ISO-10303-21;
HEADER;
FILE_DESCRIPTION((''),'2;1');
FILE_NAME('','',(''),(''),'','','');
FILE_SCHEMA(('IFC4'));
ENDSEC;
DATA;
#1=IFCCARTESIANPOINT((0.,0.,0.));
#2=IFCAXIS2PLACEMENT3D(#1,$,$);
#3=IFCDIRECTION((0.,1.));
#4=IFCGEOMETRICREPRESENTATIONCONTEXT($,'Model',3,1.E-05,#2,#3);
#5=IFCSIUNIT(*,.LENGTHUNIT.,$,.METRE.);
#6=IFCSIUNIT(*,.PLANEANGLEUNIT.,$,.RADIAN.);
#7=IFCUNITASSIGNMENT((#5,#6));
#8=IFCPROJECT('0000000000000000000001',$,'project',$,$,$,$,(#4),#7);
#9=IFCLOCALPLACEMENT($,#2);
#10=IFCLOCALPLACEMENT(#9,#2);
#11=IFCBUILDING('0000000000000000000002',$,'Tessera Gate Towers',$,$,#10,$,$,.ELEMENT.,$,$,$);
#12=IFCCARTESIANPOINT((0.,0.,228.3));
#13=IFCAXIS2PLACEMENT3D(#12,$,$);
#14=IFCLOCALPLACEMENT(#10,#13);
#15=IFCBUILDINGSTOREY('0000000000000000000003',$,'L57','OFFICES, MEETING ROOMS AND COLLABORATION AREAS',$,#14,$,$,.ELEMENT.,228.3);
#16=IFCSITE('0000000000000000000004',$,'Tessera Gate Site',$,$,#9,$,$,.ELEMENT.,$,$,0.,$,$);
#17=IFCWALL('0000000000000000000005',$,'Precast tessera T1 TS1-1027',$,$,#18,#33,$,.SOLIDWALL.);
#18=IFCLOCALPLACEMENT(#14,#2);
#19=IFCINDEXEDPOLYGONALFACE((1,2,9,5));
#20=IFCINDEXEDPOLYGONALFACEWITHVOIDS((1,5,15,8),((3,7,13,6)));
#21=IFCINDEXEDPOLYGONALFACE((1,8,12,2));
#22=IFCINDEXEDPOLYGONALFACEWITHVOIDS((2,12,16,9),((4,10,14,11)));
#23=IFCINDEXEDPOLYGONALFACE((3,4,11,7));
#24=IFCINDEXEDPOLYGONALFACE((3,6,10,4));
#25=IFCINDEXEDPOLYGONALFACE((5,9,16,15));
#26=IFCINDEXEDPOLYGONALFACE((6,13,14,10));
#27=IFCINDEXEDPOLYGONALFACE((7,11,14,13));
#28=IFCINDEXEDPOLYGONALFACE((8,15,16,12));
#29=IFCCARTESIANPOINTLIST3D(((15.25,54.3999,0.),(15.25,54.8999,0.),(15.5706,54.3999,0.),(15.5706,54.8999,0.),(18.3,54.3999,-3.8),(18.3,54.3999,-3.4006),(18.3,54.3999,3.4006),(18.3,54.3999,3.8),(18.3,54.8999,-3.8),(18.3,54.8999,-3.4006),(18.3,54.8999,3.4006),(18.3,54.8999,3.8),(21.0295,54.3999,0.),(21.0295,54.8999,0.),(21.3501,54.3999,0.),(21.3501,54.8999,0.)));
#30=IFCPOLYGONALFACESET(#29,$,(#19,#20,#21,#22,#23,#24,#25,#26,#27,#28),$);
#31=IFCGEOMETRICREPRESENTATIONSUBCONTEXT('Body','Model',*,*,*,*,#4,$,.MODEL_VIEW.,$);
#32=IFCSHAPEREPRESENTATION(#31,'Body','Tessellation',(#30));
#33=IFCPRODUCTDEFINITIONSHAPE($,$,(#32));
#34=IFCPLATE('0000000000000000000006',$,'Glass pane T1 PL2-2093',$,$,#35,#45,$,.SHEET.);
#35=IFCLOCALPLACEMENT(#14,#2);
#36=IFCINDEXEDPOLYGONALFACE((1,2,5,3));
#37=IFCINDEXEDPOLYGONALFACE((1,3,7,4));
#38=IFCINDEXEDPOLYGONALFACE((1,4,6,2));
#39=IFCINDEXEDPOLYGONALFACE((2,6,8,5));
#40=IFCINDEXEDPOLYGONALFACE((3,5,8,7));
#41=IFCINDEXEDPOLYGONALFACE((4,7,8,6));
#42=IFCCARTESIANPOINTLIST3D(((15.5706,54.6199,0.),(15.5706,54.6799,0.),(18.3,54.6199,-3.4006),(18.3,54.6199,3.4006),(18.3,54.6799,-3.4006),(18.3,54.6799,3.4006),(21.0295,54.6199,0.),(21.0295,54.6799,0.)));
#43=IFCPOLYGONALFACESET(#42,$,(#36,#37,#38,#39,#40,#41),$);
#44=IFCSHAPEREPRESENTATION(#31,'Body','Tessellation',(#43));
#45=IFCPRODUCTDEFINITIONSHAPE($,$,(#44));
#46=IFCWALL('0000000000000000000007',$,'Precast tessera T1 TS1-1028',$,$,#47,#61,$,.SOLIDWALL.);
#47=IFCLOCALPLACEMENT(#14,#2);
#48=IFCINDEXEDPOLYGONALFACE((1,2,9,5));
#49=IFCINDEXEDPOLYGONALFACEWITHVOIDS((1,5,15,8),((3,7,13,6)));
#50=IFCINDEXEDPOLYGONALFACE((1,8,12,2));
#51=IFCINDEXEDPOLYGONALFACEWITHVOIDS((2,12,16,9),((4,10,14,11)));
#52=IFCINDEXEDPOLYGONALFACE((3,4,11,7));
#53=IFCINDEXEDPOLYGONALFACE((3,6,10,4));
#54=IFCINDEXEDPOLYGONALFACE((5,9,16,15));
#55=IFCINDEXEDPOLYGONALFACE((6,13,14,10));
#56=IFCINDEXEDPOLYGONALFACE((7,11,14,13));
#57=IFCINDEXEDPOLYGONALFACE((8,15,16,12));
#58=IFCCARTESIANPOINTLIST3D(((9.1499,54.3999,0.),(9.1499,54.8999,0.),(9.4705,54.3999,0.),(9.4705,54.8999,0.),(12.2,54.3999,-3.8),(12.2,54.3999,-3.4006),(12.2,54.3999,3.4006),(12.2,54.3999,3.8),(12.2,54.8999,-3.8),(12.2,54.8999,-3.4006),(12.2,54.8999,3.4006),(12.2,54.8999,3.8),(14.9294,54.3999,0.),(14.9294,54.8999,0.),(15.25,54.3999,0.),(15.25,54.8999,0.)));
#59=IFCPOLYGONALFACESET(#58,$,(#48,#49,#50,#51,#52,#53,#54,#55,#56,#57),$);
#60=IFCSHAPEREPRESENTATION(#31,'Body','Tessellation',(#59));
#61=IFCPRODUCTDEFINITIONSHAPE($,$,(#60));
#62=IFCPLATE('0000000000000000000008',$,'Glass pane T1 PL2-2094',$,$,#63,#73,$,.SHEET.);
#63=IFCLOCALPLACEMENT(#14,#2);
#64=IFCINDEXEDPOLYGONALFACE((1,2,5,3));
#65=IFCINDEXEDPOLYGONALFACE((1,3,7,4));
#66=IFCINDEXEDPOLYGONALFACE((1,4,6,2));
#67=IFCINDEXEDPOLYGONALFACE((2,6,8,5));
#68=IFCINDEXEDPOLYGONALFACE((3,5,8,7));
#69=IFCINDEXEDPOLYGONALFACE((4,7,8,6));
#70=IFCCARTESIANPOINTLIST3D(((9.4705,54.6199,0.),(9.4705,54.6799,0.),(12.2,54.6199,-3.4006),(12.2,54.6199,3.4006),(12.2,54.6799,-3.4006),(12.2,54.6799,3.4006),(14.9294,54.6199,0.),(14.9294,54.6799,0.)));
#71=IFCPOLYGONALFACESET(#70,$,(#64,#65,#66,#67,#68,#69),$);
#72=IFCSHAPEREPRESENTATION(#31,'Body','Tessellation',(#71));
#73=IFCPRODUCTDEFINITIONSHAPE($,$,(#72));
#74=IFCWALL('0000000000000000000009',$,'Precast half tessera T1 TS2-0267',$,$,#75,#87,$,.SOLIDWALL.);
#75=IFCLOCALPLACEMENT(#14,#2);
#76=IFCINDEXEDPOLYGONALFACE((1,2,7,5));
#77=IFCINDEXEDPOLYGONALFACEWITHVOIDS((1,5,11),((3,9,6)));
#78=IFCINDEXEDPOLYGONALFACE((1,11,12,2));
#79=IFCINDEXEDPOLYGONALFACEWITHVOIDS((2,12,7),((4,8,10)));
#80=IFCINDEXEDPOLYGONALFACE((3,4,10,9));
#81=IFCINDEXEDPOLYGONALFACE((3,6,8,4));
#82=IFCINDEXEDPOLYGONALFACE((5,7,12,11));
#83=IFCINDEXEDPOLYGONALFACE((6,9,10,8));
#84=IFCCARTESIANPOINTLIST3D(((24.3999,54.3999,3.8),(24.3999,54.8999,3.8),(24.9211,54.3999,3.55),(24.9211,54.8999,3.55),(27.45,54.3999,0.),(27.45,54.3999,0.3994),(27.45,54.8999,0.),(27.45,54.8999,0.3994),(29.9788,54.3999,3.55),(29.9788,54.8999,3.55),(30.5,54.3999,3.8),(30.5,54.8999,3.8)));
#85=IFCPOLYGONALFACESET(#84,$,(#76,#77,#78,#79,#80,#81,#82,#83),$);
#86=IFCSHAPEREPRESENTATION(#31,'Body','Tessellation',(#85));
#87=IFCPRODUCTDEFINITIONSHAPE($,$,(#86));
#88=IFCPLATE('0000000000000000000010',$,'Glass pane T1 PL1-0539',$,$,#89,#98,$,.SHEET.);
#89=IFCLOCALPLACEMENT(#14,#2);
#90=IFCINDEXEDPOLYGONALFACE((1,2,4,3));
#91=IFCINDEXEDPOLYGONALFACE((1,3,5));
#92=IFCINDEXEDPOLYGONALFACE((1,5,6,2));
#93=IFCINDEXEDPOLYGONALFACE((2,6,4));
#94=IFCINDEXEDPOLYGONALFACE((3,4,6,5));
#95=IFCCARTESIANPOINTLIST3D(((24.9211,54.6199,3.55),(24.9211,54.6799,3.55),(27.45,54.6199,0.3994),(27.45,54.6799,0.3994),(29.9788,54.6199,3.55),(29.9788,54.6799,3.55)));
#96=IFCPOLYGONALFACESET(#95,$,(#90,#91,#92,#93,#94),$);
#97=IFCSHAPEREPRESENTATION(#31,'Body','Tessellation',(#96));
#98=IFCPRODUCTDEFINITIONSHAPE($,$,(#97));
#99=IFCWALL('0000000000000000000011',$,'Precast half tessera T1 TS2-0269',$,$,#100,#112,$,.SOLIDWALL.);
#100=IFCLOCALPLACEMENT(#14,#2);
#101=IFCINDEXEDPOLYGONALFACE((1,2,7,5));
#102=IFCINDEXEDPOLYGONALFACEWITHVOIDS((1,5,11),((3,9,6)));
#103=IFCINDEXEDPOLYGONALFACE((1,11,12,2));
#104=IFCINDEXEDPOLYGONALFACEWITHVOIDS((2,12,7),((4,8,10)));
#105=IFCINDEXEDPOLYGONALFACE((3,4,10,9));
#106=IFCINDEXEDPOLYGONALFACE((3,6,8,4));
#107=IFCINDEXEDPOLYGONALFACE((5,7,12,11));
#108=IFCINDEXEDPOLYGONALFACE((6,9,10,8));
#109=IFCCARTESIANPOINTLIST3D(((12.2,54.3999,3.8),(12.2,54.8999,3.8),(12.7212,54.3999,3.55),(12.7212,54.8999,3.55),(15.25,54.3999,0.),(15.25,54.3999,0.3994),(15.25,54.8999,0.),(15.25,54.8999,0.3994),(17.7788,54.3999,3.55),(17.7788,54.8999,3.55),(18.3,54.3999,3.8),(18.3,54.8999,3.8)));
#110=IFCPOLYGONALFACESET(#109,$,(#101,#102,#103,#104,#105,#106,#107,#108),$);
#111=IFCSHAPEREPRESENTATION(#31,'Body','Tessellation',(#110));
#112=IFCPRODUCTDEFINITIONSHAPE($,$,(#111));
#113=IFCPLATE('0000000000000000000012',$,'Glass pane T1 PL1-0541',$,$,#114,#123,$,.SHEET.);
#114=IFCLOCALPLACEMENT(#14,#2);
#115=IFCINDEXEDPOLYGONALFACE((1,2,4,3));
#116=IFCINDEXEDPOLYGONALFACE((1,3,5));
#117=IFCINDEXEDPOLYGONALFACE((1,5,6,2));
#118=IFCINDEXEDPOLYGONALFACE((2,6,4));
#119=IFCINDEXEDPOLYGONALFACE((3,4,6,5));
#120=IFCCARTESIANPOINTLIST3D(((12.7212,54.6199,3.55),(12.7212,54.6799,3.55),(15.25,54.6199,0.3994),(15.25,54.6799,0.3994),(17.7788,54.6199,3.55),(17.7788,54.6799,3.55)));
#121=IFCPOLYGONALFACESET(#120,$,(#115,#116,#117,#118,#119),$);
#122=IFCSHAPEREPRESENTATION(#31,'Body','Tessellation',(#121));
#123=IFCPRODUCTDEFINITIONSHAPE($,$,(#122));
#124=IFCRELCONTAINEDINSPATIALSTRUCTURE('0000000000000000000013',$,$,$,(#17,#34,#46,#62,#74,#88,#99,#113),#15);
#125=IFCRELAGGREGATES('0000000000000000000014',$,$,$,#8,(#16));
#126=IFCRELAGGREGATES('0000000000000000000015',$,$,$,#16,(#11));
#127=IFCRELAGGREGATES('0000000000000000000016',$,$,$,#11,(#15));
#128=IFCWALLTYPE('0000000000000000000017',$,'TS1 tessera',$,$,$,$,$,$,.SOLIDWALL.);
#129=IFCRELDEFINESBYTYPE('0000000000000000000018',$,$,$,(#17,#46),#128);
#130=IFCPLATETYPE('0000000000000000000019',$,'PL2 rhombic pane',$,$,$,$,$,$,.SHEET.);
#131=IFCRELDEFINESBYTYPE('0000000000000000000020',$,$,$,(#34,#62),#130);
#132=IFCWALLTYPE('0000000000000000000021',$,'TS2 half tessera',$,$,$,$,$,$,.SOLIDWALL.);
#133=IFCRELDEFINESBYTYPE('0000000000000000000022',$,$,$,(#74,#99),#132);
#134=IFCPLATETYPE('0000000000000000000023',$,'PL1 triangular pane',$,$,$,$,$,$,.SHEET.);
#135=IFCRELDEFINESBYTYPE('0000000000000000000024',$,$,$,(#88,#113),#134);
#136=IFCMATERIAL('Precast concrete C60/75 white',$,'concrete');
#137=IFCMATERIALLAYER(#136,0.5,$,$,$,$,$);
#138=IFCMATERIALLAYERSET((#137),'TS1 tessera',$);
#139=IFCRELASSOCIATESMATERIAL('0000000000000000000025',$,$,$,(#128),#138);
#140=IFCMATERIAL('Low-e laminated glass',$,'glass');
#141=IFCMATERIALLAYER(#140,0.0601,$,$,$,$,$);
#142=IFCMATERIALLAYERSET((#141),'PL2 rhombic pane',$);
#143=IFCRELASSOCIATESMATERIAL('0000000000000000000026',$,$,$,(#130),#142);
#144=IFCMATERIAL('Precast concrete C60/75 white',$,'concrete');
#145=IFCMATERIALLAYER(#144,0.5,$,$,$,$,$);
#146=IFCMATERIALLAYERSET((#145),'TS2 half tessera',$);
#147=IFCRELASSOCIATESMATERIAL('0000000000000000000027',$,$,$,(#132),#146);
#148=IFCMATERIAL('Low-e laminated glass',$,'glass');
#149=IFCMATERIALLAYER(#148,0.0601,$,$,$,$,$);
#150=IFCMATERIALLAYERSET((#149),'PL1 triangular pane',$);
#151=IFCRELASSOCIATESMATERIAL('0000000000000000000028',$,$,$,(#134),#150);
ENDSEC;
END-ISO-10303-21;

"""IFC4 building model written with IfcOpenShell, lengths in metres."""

from ifc_helpers import new_model, si_unit, direction, frame, origin, place, context, subcontext, project, spatial, polyline, outline, extrude, source, transform, mapped, material, layer, layer_set, type_object, element, fill, save


model = new_model("IFC4")

# Units and contexts
model_context = context("Model", 3, precision=1e-05, world=origin(), true_north=direction((0.0, 1.0)))
body_context = subcontext(model_context, "Body", "Model", "MODEL_VIEW")
ifc_project = project(units=[si_unit("LENGTHUNIT", "METRE"), si_unit("PLANEANGLEUNIT", "RADIAN")], contexts=[model_context])

# Site, building, storey
site_placement = place(None, origin())
site = spatial("IfcSite", under=ifc_project, at=site_placement, Name="Tessera Gate Site", CompositionType="ELEMENT", RefElevation=0.0)
building_placement = place(site_placement, origin())
building = spatial("IfcBuilding", under=site, at=building_placement, Name="Tessera Gate Towers", CompositionType="ELEMENT")
storey_placement = place(building_placement, frame((0.0, 0.0, 228.3)))
storey = spatial("IfcBuildingStorey", under=building, at=storey_placement, Name="L57", Description="OFFICES, MEETING ROOMS AND COLLABORATION AREAS", CompositionType="ELEMENT", Elevation=228.3)

# Walls, openings, plates
ifc_material_1 = material(Name="Precast concrete C60/75 white", Category="concrete")
ifc_layer_1 = layer(ifc_material_1, 0.5)
ifc_layer_set_1 = layer_set([ifc_layer_1], Name="TS1 tessera")
wall_type_1 = type_object("IfcWallType", Name="TS1 tessera", PredefinedType="SOLIDWALL", material=ifc_layer_set_1)
shared_shape_1 = source(origin(), body_context, "Body", "SweptSolid", [
    extrude(outline(polyline([(3.05, 0.0), (6.1001, 3.8), (3.05, 7.6001), (0.0, 3.8), (3.05, 0.0)])), frame((0.0, 0.25, 0.0), z_axis=(0.0, -1.0, 0.0), x_axis=(1.0, 0.0, 0.0)), (0.0, 0.0, 1.0), 0.5),
])
wall_1_placement = place(storey_placement, frame((21.3501, 54.6499, -3.8), z_axis=(0.0, 0.0, 1.0), x_axis=(-1.0, 0.0, 0.0)))
wall_1 = element("IfcWall", 1, at=wall_1_placement, inside=storey, type_object=wall_type_1, Name="Precast tessera T1 TS1-1027", PredefinedType="SOLIDWALL", context=body_context, shape_type="MappedRepresentation", body=[
    mapped(shared_shape_1, transform((0.0, 0.0, 0.0), scale=1.0)),
])
shared_shape_2 = source(origin(), body_context, "Body", "SweptSolid", [
    extrude(outline(polyline([(3.05, 0.3994), (5.7795, 3.8), (3.05, 7.2007), (0.3206, 3.8), (3.05, 0.3994)])), frame((0.0, 0.26, 0.0), z_axis=(0.0, -1.0, 0.0), x_axis=(1.0, 0.0, 0.0)), (0.0, 0.0, 1.0), 0.52),
])
opening_1_placement = place(wall_1_placement, origin())
opening_1 = element("IfcOpeningElement", 2, at=opening_1_placement, cuts=wall_1, PredefinedType="OPENING", context=body_context, shape_type="MappedRepresentation", body=[
    mapped(shared_shape_2, transform((0.0, 0.0, 0.0), scale=1.0)),
])
ifc_material_2 = material(Name="Low-e laminated glass", Category="glass")
ifc_layer_2 = layer(ifc_material_2, 0.0601)
ifc_layer_set_2 = layer_set([ifc_layer_2], Name="PL2 rhombic pane")
plate_type_1 = type_object("IfcPlateType", Name="PL2 rhombic pane", PredefinedType="SHEET", material=ifc_layer_set_2)
shared_shape_3 = source(origin(), body_context, "Body", "SweptSolid", [
    extrude(outline(polyline([(3.05, 0.3994), (5.7795, 3.8), (3.05, 7.2007), (0.3206, 3.8), (3.05, 0.3994)])), frame((0.0, 0.03, 0.0), z_axis=(0.0, -1.0, 0.0), x_axis=(1.0, 0.0, 0.0)), (0.0, 0.0, 1.0), 0.0601),
])
plate_1_placement = place(opening_1_placement, origin())
plate_1 = element("IfcPlate", 3, at=plate_1_placement, inside=storey, type_object=plate_type_1, Name="Glass pane T1 PL2-2093", PredefinedType="SHEET", context=body_context, shape_type="MappedRepresentation", body=[
    mapped(shared_shape_3, transform((0.0, 0.0, 0.0), scale=1.0)),
])
fill(opening_1, plate_1)
wall_2_placement = place(storey_placement, frame((15.25, 54.6499, -3.8), z_axis=(0.0, 0.0, 1.0), x_axis=(-1.0, 0.0, 0.0)))
wall_2 = element("IfcWall", 4, at=wall_2_placement, inside=storey, type_object=wall_type_1, Name="Precast tessera T1 TS1-1028", PredefinedType="SOLIDWALL", context=body_context, shape_type="MappedRepresentation", body=[
    mapped(shared_shape_1, transform((0.0, 0.0, 0.0), scale=1.0)),
])
opening_2_placement = place(wall_2_placement, origin())
opening_2 = element("IfcOpeningElement", 5, at=opening_2_placement, cuts=wall_2, PredefinedType="OPENING", context=body_context, shape_type="MappedRepresentation", body=[
    mapped(shared_shape_2, transform((0.0, 0.0, 0.0), scale=1.0)),
])
plate_2_placement = place(opening_2_placement, origin())
plate_2 = element("IfcPlate", 6, at=plate_2_placement, inside=storey, type_object=plate_type_1, Name="Glass pane T1 PL2-2094", PredefinedType="SHEET", context=body_context, shape_type="MappedRepresentation", body=[
    mapped(shared_shape_3, transform((0.0, 0.0, 0.0), scale=1.0)),
])
fill(opening_2, plate_2)
ifc_material_3 = material(Name="Precast concrete C60/75 white", Category="concrete")
ifc_layer_3 = layer(ifc_material_3, 0.5)
ifc_layer_set_3 = layer_set([ifc_layer_3], Name="TS2 half tessera")
wall_type_2 = type_object("IfcWallType", Name="TS2 half tessera", PredefinedType="SOLIDWALL", material=ifc_layer_set_3)
shared_shape_4 = source(origin(), body_context, "Body", "SweptSolid", [
    extrude(outline(polyline([(3.05, 0.0), (6.1001, 3.8), (0.0, 3.8), (3.05, 0.0)])), frame((0.0, 0.25, 0.0), z_axis=(0.0, -1.0, 0.0), x_axis=(1.0, 0.0, 0.0)), (0.0, 0.0, 1.0), 0.5),
])
wall_3_placement = place(storey_placement, frame((30.5, 54.6499, 0.0), z_axis=(0.0, 0.0, 1.0), x_axis=(-1.0, 0.0, 0.0)))
wall_3 = element("IfcWall", 7, at=wall_3_placement, inside=storey, type_object=wall_type_2, Name="Precast half tessera T1 TS2-0267", PredefinedType="SOLIDWALL", context=body_context, shape_type="MappedRepresentation", body=[
    mapped(shared_shape_4, transform((0.0, 0.0, 0.0), scale=1.0)),
])
shared_shape_5 = source(origin(), body_context, "Body", "SweptSolid", [
    extrude(outline(polyline([(3.05, 0.3994), (5.5789, 3.55), (0.5212, 3.55), (3.05, 0.3994)])), frame((0.0, 0.26, 0.0), z_axis=(0.0, -1.0, 0.0), x_axis=(1.0, 0.0, 0.0)), (0.0, 0.0, 1.0), 0.52),
])
opening_3_placement = place(wall_3_placement, origin())
opening_3 = element("IfcOpeningElement", 8, at=opening_3_placement, cuts=wall_3, PredefinedType="OPENING", context=body_context, shape_type="MappedRepresentation", body=[
    mapped(shared_shape_5, transform((0.0, 0.0, 0.0), scale=1.0)),
])
ifc_material_4 = material(Name="Low-e laminated glass", Category="glass")
ifc_layer_4 = layer(ifc_material_4, 0.0601)
ifc_layer_set_4 = layer_set([ifc_layer_4], Name="PL1 triangular pane")
plate_type_2 = type_object("IfcPlateType", Name="PL1 triangular pane", PredefinedType="SHEET", material=ifc_layer_set_4)
shared_shape_6 = source(origin(), body_context, "Body", "SweptSolid", [
    extrude(outline(polyline([(3.05, 0.3994), (5.5789, 3.55), (0.5212, 3.55), (3.05, 0.3994)])), frame((0.0, 0.03, 0.0), z_axis=(0.0, -1.0, 0.0), x_axis=(1.0, 0.0, 0.0)), (0.0, 0.0, 1.0), 0.0601),
])
plate_3_placement = place(opening_3_placement, origin())
plate_3 = element("IfcPlate", 9, at=plate_3_placement, inside=storey, type_object=plate_type_2, Name="Glass pane T1 PL1-0539", PredefinedType="SHEET", context=body_context, shape_type="MappedRepresentation", body=[
    mapped(shared_shape_6, transform((0.0, 0.0, 0.0), scale=1.0)),
])
fill(opening_3, plate_3)
wall_4_placement = place(storey_placement, frame((18.3, 54.6499, 0.0), z_axis=(0.0, 0.0, 1.0), x_axis=(-1.0, 0.0, 0.0)))
wall_4 = element("IfcWall", 10, at=wall_4_placement, inside=storey, type_object=wall_type_2, Name="Precast half tessera T1 TS2-0269", PredefinedType="SOLIDWALL", context=body_context, shape_type="MappedRepresentation", body=[
    mapped(shared_shape_4, transform((0.0, 0.0, 0.0), scale=1.0)),
])
opening_4_placement = place(wall_4_placement, origin())
opening_4 = element("IfcOpeningElement", 11, at=opening_4_placement, cuts=wall_4, PredefinedType="OPENING", context=body_context, shape_type="MappedRepresentation", body=[
    mapped(shared_shape_5, transform((0.0, 0.0, 0.0), scale=1.0)),
])
plate_4_placement = place(opening_4_placement, origin())
plate_4 = element("IfcPlate", 12, at=plate_4_placement, inside=storey, type_object=plate_type_2, Name="Glass pane T1 PL1-0541", PredefinedType="SHEET", context=body_context, shape_type="MappedRepresentation", body=[
    mapped(shared_shape_6, transform((0.0, 0.0, 0.0), scale=1.0)),
])
fill(opening_4, plate_4)

save(model, "model.ifc")
